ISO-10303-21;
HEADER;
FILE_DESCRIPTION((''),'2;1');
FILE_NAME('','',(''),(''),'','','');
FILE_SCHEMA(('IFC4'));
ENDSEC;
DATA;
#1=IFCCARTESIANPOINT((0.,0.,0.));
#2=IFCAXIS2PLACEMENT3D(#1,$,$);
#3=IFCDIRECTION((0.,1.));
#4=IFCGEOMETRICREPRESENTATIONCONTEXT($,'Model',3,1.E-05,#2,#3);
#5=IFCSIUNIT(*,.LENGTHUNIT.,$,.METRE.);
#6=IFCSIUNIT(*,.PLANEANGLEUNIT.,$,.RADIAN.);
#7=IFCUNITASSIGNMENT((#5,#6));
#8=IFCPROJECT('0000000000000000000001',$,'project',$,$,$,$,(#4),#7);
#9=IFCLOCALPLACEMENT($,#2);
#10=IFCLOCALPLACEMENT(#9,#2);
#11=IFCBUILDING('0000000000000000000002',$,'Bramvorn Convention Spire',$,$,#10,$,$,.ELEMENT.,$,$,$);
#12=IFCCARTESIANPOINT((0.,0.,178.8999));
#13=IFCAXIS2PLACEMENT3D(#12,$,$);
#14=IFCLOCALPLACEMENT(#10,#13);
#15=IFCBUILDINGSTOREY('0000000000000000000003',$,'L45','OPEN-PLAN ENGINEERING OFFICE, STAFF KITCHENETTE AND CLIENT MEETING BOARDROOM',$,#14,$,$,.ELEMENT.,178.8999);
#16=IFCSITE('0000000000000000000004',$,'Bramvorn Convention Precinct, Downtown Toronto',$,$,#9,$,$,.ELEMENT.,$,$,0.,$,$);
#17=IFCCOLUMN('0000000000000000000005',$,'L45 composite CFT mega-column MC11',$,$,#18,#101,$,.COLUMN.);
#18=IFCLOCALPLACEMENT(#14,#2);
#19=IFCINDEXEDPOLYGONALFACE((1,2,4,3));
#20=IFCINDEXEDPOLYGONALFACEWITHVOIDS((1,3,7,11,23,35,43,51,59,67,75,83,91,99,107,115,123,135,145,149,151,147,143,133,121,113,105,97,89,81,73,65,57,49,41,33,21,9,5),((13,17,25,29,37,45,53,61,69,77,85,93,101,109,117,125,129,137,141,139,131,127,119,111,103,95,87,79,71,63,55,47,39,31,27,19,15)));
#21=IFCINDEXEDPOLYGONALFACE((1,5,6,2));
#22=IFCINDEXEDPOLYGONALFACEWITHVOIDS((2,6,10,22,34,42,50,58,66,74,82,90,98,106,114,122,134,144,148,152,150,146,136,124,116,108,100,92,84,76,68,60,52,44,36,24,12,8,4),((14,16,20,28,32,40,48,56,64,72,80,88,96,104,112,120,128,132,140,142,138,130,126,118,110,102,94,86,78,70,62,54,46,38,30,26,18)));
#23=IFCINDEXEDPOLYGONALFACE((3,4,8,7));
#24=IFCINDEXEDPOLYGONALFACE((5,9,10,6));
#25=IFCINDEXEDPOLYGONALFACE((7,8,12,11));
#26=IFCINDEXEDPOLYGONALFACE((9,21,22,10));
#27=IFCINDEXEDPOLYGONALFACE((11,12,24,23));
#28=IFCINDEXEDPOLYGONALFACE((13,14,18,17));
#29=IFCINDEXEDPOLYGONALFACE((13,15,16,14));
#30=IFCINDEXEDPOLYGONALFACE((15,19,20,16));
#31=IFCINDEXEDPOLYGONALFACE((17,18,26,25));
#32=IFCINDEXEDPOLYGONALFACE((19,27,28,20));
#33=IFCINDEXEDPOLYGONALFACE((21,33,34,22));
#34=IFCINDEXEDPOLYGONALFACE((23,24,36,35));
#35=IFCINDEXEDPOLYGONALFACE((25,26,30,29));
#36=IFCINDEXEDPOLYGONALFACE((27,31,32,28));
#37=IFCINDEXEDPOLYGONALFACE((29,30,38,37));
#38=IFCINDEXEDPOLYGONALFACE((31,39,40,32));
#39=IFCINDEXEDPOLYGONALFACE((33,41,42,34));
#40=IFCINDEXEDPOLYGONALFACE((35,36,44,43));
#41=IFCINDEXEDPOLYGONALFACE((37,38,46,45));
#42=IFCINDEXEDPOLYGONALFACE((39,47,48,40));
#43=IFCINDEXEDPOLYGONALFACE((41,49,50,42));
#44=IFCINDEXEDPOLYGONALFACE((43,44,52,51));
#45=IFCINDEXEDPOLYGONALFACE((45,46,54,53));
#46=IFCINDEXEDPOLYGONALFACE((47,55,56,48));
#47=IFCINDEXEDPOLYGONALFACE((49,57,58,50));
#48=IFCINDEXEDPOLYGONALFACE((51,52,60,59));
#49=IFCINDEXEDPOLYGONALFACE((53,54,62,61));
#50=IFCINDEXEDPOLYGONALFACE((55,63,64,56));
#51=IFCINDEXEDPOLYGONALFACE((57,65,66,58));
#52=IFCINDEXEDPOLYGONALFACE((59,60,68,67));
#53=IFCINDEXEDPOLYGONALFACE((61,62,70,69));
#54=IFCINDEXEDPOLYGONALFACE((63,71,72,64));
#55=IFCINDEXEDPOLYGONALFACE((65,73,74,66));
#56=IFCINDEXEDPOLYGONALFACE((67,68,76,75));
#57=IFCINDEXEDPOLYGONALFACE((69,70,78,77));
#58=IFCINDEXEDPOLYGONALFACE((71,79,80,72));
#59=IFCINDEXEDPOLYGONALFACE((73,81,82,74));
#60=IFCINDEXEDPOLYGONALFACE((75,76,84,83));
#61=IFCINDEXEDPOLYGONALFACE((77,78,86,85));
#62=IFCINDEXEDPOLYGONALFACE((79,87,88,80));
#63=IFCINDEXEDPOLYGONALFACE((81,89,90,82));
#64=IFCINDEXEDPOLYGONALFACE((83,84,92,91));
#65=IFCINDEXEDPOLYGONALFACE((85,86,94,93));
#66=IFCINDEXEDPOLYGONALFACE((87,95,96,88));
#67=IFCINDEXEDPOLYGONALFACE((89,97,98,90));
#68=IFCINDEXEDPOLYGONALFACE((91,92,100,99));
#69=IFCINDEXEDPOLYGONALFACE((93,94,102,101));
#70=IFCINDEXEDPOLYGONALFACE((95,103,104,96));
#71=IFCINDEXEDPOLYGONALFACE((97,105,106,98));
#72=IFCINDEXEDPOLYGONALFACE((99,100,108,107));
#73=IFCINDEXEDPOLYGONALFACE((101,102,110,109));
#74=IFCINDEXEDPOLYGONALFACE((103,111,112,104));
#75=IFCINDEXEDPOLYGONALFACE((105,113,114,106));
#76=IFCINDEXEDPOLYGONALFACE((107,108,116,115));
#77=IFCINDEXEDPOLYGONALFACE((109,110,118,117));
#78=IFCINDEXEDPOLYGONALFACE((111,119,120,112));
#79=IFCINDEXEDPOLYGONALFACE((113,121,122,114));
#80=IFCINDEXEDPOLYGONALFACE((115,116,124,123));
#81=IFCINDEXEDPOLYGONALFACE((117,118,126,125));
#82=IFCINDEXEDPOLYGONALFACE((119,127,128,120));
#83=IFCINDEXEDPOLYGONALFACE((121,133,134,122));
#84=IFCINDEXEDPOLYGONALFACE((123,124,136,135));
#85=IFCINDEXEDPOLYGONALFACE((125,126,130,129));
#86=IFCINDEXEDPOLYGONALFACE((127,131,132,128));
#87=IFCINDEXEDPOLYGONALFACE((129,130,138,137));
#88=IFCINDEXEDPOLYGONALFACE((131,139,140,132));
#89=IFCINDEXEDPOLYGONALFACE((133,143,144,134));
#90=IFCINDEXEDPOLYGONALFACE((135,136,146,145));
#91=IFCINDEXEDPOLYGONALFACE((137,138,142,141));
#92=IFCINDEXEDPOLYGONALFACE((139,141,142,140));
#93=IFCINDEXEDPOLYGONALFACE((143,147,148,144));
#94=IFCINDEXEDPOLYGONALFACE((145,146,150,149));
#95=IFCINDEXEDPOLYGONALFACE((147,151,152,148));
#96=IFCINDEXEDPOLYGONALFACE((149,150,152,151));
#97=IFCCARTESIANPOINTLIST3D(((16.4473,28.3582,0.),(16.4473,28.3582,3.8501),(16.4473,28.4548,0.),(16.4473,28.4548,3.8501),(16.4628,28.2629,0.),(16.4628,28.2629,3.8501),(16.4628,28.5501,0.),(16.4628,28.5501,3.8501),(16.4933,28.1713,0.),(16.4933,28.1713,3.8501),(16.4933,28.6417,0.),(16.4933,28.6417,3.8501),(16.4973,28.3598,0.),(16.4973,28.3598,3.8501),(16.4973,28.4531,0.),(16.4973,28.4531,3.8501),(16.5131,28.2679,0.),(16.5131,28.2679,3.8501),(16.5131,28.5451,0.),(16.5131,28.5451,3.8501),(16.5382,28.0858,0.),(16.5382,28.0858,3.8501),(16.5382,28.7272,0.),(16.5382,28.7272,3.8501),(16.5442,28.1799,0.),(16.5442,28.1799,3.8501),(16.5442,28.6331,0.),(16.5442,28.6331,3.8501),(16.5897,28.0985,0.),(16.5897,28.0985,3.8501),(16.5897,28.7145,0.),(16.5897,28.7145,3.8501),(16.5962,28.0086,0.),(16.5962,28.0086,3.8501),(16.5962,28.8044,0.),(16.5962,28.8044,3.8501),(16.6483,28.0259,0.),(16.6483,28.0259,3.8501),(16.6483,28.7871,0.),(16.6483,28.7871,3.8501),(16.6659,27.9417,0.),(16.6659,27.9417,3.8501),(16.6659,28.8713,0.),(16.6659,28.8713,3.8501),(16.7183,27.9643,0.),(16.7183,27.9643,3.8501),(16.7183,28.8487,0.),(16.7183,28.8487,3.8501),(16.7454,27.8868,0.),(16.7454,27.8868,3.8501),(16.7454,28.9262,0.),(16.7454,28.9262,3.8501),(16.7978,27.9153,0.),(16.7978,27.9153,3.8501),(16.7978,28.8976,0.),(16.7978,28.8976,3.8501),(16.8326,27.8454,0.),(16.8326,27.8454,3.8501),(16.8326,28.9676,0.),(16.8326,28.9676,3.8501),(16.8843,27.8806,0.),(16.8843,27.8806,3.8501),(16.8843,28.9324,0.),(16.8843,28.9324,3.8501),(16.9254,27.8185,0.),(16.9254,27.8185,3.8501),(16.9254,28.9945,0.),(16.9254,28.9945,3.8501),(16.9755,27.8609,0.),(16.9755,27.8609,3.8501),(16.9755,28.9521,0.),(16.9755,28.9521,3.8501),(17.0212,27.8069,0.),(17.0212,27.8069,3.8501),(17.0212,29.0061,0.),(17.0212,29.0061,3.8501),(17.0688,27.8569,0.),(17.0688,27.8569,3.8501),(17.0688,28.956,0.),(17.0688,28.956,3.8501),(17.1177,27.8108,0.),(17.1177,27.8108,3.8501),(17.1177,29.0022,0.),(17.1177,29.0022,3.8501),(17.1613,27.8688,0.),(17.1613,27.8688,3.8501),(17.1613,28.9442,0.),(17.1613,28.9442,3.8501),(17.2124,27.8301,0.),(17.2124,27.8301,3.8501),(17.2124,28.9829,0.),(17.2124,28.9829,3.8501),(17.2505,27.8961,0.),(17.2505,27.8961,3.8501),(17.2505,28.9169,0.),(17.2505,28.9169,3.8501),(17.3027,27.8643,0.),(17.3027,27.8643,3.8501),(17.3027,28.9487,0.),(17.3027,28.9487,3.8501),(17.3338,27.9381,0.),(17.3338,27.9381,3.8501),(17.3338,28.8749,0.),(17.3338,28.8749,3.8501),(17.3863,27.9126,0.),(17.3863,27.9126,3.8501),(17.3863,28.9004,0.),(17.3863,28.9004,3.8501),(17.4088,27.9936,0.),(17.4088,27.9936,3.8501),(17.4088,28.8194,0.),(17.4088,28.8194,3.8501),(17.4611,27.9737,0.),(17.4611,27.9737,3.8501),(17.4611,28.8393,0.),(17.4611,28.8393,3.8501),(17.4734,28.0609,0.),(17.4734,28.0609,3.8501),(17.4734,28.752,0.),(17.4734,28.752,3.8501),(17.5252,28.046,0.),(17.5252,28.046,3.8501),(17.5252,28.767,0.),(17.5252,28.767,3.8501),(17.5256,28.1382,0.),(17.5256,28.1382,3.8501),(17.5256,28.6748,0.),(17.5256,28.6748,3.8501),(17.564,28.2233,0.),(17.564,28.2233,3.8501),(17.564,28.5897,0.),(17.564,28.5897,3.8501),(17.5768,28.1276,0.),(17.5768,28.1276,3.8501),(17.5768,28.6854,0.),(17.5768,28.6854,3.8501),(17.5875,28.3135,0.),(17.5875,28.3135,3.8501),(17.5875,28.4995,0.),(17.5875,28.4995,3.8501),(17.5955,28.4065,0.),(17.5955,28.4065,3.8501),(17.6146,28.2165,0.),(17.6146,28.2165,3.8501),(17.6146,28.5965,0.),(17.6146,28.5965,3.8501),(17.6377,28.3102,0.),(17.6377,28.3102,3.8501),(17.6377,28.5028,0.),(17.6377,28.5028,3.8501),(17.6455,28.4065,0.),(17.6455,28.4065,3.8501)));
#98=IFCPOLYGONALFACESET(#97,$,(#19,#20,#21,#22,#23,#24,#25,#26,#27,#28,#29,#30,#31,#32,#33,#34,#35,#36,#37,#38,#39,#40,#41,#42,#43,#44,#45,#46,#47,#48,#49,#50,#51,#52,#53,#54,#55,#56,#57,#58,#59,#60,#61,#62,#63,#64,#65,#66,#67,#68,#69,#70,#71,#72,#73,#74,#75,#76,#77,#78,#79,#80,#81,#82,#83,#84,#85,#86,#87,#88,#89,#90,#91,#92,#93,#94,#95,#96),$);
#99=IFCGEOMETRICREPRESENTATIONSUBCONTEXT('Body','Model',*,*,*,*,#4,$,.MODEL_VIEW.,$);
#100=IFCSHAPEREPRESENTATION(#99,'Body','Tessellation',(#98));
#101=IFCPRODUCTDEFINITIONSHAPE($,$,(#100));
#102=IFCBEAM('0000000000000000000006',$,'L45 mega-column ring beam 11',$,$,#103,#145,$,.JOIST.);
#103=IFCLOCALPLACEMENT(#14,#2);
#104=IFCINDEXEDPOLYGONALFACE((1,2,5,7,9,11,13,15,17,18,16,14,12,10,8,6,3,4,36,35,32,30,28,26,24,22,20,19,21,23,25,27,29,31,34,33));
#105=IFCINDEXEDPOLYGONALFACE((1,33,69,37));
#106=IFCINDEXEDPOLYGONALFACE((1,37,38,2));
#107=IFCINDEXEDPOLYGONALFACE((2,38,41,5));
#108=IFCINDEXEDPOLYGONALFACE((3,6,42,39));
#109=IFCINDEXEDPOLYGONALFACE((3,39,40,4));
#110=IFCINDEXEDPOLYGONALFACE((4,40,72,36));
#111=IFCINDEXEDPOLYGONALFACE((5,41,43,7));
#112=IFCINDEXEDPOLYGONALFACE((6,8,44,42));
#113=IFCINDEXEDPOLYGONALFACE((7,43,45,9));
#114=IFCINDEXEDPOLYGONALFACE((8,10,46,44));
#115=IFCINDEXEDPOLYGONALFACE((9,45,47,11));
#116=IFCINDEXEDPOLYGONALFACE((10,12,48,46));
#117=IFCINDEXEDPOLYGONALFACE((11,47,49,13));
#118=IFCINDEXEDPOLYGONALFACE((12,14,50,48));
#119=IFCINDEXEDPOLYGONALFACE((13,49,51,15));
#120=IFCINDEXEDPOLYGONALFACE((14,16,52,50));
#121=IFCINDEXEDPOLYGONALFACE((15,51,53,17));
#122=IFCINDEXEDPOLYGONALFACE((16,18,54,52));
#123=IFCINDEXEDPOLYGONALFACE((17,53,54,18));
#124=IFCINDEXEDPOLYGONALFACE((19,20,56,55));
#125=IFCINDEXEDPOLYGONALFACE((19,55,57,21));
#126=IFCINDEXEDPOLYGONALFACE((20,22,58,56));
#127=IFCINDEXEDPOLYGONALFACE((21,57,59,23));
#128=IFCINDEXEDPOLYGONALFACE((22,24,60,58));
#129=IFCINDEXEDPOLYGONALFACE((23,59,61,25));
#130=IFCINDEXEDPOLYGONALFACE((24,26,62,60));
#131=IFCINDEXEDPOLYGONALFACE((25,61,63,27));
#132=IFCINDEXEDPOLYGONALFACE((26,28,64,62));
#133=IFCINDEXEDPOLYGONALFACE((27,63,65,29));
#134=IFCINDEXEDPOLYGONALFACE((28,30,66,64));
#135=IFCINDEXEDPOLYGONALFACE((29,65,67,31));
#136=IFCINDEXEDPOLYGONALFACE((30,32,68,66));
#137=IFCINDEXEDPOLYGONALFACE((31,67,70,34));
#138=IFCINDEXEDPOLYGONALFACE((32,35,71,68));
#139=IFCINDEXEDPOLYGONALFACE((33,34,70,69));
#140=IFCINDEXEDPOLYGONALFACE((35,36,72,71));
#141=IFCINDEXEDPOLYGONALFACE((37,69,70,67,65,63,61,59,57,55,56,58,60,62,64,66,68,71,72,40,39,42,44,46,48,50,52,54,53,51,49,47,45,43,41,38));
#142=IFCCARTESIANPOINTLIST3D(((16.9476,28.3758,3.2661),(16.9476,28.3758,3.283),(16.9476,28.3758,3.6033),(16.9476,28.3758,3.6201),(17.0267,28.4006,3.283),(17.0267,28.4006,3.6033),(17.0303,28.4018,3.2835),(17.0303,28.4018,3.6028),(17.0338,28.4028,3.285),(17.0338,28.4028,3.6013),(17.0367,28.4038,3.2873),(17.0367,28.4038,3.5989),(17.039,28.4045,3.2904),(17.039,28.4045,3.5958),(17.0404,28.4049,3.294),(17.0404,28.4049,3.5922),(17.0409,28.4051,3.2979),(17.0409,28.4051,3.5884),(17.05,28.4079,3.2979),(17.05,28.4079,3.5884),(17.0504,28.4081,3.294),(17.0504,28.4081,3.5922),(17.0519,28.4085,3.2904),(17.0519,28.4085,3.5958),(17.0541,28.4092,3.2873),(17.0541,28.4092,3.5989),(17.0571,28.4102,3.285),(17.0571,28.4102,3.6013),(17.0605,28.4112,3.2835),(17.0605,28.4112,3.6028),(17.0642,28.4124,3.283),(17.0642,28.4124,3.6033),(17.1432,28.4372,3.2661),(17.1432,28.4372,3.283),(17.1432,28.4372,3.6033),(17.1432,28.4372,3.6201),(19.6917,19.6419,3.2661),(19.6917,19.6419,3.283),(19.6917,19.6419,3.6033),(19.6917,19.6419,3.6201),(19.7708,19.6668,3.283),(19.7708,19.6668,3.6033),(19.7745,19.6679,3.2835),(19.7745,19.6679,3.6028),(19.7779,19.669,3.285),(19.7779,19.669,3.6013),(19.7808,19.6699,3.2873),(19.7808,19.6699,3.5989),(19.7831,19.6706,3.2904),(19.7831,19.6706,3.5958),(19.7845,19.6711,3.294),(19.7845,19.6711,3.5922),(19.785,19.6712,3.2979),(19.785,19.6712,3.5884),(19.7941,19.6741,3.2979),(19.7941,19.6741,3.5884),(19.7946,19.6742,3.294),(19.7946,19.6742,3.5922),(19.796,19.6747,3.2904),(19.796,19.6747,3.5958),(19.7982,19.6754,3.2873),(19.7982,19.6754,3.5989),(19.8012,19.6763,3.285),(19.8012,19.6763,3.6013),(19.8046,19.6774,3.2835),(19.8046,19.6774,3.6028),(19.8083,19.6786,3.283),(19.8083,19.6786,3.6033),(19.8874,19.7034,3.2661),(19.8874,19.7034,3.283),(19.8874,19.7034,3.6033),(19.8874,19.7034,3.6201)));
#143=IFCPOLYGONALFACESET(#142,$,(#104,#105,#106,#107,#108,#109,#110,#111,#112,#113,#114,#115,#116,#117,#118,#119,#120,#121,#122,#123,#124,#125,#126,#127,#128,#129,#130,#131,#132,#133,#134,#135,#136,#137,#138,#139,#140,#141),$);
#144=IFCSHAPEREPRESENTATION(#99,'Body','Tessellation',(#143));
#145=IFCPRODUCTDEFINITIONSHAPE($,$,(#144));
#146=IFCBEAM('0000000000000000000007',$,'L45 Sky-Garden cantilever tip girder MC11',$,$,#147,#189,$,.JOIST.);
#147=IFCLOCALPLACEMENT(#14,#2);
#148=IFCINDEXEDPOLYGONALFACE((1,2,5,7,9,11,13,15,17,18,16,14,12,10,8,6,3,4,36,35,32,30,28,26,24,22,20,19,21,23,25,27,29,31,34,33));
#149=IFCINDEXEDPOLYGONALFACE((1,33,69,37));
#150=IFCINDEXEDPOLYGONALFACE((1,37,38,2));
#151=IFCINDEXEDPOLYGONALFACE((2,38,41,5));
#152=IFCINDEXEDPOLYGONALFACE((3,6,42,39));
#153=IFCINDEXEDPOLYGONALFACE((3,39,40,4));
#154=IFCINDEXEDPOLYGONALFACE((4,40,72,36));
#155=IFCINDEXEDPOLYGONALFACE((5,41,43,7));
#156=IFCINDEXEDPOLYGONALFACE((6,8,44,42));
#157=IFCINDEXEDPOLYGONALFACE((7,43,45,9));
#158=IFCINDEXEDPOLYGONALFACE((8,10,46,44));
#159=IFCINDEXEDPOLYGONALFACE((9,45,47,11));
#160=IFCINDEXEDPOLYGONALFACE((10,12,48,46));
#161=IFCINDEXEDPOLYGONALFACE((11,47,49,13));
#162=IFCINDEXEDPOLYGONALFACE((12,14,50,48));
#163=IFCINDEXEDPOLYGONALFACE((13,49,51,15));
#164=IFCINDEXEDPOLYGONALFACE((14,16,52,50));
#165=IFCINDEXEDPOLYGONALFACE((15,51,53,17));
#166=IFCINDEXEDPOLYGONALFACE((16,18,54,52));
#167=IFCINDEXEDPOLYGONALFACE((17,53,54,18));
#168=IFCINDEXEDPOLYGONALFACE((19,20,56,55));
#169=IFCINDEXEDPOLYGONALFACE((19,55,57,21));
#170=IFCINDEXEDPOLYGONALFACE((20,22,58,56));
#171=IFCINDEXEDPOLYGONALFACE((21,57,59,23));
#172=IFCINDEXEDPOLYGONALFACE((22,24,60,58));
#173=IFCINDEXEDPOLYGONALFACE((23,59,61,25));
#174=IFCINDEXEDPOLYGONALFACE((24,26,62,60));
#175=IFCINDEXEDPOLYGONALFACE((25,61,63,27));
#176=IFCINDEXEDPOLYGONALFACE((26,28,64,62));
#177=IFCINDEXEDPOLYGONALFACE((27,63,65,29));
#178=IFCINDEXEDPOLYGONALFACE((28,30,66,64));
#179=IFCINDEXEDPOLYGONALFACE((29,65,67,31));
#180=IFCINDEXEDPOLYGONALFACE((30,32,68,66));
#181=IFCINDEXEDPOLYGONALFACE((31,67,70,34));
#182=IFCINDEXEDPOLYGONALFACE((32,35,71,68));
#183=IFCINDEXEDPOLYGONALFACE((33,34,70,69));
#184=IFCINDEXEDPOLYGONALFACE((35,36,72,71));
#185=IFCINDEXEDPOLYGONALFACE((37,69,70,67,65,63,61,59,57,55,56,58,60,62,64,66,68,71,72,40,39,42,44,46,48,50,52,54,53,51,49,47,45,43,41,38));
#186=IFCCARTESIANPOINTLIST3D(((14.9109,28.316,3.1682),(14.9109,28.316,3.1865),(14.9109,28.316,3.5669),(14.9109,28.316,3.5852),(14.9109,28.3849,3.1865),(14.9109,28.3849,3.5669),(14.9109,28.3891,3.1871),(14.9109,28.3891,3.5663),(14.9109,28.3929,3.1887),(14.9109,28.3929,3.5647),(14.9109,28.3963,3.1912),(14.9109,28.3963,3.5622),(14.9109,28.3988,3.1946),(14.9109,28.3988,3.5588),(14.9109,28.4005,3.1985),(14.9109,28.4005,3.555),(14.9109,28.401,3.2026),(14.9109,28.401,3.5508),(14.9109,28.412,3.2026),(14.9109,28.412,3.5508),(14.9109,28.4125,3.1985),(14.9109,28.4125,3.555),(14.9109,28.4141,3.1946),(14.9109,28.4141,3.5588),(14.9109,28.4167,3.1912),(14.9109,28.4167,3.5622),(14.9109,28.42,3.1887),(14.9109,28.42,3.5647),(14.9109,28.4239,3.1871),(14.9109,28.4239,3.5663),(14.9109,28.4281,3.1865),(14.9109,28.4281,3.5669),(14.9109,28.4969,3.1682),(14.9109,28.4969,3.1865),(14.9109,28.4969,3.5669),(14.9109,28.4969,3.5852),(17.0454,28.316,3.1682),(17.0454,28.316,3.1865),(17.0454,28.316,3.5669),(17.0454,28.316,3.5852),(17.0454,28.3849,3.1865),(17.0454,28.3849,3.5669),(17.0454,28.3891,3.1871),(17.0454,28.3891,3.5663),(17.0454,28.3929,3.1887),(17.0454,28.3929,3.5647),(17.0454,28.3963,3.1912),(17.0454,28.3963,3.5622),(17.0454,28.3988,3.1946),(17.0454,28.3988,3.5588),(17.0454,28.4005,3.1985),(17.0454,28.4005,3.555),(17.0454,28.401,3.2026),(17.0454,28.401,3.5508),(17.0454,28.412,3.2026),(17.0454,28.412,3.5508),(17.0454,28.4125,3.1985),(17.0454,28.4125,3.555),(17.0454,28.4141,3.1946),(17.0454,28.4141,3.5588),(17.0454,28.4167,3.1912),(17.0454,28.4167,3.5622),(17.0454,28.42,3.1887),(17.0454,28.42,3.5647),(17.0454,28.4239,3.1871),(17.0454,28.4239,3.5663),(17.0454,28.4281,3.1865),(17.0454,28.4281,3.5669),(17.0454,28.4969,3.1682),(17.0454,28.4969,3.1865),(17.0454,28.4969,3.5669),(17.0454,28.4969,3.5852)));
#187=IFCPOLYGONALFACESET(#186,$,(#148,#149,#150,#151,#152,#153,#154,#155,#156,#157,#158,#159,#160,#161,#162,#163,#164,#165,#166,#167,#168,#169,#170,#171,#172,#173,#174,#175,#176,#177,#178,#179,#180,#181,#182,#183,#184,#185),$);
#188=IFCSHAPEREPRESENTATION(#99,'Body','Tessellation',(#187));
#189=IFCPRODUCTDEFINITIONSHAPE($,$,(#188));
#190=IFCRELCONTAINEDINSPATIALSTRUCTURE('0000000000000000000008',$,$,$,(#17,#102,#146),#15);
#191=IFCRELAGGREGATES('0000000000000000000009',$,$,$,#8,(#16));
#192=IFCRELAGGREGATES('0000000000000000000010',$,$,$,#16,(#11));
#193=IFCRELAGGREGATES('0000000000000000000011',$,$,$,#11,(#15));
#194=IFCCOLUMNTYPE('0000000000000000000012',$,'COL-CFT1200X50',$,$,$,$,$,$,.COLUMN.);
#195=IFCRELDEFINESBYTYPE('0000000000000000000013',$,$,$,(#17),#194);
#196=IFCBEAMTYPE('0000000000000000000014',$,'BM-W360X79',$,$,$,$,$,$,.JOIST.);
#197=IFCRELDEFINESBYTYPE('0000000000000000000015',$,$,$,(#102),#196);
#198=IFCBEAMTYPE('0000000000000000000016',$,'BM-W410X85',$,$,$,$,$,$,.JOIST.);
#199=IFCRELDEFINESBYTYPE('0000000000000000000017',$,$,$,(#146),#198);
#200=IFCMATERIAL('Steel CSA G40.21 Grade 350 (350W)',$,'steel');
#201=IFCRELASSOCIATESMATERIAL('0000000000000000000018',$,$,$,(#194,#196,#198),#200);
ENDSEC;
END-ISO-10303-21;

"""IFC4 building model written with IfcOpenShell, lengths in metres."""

from ifc_helpers import new_model, si_unit, direction, frame, origin, origin_2d, place, context, subcontext, project, spatial, hollow_circle, i_section, extrude, material, material_profile, profile_set, type_object, element, save


model = new_model("IFC4")

# Units and contexts
model_context = context("Model", 3, precision=1e-05, world=origin(), true_north=direction((0.0, 1.0)))
body_context = subcontext(model_context, "Body", "Model", "MODEL_VIEW")
ifc_project = project(units=[si_unit("LENGTHUNIT", "METRE"), si_unit("PLANEANGLEUNIT", "RADIAN")], contexts=[model_context])

# Site, building, storey
site_placement = place(None, origin())
site = spatial("IfcSite", under=ifc_project, at=site_placement, Name="Bramvorn Convention Precinct, Downtown Toronto", CompositionType="ELEMENT", RefElevation=0.0)
building_placement = place(site_placement, origin())
building = spatial("IfcBuilding", under=site, at=building_placement, Name="Bramvorn Convention Spire", CompositionType="ELEMENT")
storey_placement = place(building_placement, frame((0.0, 0.0, 178.8999)))
storey = spatial("IfcBuildingStorey", under=building, at=storey_placement, Name="L45", Description="OPEN-PLAN ENGINEERING OFFICE, STAFF KITCHENETTE AND CLIENT MEETING BOARDROOM", CompositionType="ELEMENT", Elevation=178.8999)

# Column
ifc_material_1 = material(Name="Steel CSA G40.21 Grade 350 (350W)", Category="steel")
ifc_material_profile_1 = material_profile(ifc_material_1, hollow_circle(Radius=0.6001, WallThickness=0.05, at=origin_2d()))
ifc_profile_set_1 = profile_set([ifc_material_profile_1], Name="Steel CSA G40.21 Grade 350 (350W) - CFT1200X50")
column_type = type_object("IfcColumnType", Name="COL-CFT1200X50", PredefinedType="COLUMN", material=ifc_profile_set_1)
column_placement = place(storey_placement, frame((17.0454, 28.4065, 0.0), z_axis=(0.0, 0.0, 1.0), x_axis=(1.0, 0.0, 0.0)))
element("IfcColumn", 1, at=column_placement, inside=storey, type_object=column_type, Name="L45 composite CFT mega-column MC11", PredefinedType="COLUMN", context=body_context, shape_type="SweptSolid", body=[
    extrude(hollow_circle(Radius=0.6001, WallThickness=0.05, at=origin_2d()), origin(), (0.0, 0.0, 1.0), 3.8501),
])

# Beams
ifc_material_profile_2 = material_profile(ifc_material_1, i_section(OverallWidth=0.2051, OverallDepth=0.354, WebThickness=0.0095, FlangeThickness=0.0168, FilletRadius=0.0149, at=origin_2d()))
ifc_profile_set_2 = profile_set([ifc_material_profile_2], Name="Steel CSA G40.21 Grade 350 (350W) - W360X79")
beam_type_1 = type_object("IfcBeamType", Name="BM-W360X79", PredefinedType="JOIST", material=ifc_profile_set_2)
beam_1_placement = place(storey_placement, frame((17.0454, 28.4065, 3.4431), z_axis=(0.299748, -0.954019, 0.0), x_axis=(0.954019, 0.299748, 0.0)))
element("IfcBeam", 2, at=beam_1_placement, inside=storey, type_object=beam_type_1, Name="L45 mega-column ring beam 11", PredefinedType="JOIST", context=body_context, shape_type="SweptSolid", body=[
    extrude(i_section(OverallWidth=0.2051, OverallDepth=0.354, WebThickness=0.0095, FlangeThickness=0.0168, FilletRadius=0.0149, at=origin_2d()), origin(), (0.0, 0.0, 1.0), 9.1548),
])
ifc_material_profile_3 = material_profile(ifc_material_1, i_section(OverallWidth=0.1809, OverallDepth=0.417, WebThickness=0.011, FlangeThickness=0.0183, FilletRadius=0.0161, at=origin_2d()))
ifc_profile_set_3 = profile_set([ifc_material_profile_3], Name="Steel CSA G40.21 Grade 350 (350W) - W410X85")
beam_type_2 = type_object("IfcBeamType", Name="BM-W410X85", PredefinedType="JOIST", material=ifc_profile_set_3)
beam_2_placement = place(storey_placement, frame((17.0454, 28.4065, 3.3767), z_axis=(-1.0, 0.0, 0.0), x_axis=(0.0, -1.0, 0.0)))
element("IfcBeam", 3, at=beam_2_placement, inside=storey, type_object=beam_type_2, Name="L45 Sky-Garden cantilever tip girder MC11", PredefinedType="JOIST", context=body_context, shape_type="SweptSolid", body=[
    extrude(i_section(OverallWidth=0.1809, OverallDepth=0.417, WebThickness=0.011, FlangeThickness=0.0183, FilletRadius=0.0161, at=origin_2d()), origin(), (0.0, 0.0, 1.0), 2.1345),
])

save(model, "model.ifc")
